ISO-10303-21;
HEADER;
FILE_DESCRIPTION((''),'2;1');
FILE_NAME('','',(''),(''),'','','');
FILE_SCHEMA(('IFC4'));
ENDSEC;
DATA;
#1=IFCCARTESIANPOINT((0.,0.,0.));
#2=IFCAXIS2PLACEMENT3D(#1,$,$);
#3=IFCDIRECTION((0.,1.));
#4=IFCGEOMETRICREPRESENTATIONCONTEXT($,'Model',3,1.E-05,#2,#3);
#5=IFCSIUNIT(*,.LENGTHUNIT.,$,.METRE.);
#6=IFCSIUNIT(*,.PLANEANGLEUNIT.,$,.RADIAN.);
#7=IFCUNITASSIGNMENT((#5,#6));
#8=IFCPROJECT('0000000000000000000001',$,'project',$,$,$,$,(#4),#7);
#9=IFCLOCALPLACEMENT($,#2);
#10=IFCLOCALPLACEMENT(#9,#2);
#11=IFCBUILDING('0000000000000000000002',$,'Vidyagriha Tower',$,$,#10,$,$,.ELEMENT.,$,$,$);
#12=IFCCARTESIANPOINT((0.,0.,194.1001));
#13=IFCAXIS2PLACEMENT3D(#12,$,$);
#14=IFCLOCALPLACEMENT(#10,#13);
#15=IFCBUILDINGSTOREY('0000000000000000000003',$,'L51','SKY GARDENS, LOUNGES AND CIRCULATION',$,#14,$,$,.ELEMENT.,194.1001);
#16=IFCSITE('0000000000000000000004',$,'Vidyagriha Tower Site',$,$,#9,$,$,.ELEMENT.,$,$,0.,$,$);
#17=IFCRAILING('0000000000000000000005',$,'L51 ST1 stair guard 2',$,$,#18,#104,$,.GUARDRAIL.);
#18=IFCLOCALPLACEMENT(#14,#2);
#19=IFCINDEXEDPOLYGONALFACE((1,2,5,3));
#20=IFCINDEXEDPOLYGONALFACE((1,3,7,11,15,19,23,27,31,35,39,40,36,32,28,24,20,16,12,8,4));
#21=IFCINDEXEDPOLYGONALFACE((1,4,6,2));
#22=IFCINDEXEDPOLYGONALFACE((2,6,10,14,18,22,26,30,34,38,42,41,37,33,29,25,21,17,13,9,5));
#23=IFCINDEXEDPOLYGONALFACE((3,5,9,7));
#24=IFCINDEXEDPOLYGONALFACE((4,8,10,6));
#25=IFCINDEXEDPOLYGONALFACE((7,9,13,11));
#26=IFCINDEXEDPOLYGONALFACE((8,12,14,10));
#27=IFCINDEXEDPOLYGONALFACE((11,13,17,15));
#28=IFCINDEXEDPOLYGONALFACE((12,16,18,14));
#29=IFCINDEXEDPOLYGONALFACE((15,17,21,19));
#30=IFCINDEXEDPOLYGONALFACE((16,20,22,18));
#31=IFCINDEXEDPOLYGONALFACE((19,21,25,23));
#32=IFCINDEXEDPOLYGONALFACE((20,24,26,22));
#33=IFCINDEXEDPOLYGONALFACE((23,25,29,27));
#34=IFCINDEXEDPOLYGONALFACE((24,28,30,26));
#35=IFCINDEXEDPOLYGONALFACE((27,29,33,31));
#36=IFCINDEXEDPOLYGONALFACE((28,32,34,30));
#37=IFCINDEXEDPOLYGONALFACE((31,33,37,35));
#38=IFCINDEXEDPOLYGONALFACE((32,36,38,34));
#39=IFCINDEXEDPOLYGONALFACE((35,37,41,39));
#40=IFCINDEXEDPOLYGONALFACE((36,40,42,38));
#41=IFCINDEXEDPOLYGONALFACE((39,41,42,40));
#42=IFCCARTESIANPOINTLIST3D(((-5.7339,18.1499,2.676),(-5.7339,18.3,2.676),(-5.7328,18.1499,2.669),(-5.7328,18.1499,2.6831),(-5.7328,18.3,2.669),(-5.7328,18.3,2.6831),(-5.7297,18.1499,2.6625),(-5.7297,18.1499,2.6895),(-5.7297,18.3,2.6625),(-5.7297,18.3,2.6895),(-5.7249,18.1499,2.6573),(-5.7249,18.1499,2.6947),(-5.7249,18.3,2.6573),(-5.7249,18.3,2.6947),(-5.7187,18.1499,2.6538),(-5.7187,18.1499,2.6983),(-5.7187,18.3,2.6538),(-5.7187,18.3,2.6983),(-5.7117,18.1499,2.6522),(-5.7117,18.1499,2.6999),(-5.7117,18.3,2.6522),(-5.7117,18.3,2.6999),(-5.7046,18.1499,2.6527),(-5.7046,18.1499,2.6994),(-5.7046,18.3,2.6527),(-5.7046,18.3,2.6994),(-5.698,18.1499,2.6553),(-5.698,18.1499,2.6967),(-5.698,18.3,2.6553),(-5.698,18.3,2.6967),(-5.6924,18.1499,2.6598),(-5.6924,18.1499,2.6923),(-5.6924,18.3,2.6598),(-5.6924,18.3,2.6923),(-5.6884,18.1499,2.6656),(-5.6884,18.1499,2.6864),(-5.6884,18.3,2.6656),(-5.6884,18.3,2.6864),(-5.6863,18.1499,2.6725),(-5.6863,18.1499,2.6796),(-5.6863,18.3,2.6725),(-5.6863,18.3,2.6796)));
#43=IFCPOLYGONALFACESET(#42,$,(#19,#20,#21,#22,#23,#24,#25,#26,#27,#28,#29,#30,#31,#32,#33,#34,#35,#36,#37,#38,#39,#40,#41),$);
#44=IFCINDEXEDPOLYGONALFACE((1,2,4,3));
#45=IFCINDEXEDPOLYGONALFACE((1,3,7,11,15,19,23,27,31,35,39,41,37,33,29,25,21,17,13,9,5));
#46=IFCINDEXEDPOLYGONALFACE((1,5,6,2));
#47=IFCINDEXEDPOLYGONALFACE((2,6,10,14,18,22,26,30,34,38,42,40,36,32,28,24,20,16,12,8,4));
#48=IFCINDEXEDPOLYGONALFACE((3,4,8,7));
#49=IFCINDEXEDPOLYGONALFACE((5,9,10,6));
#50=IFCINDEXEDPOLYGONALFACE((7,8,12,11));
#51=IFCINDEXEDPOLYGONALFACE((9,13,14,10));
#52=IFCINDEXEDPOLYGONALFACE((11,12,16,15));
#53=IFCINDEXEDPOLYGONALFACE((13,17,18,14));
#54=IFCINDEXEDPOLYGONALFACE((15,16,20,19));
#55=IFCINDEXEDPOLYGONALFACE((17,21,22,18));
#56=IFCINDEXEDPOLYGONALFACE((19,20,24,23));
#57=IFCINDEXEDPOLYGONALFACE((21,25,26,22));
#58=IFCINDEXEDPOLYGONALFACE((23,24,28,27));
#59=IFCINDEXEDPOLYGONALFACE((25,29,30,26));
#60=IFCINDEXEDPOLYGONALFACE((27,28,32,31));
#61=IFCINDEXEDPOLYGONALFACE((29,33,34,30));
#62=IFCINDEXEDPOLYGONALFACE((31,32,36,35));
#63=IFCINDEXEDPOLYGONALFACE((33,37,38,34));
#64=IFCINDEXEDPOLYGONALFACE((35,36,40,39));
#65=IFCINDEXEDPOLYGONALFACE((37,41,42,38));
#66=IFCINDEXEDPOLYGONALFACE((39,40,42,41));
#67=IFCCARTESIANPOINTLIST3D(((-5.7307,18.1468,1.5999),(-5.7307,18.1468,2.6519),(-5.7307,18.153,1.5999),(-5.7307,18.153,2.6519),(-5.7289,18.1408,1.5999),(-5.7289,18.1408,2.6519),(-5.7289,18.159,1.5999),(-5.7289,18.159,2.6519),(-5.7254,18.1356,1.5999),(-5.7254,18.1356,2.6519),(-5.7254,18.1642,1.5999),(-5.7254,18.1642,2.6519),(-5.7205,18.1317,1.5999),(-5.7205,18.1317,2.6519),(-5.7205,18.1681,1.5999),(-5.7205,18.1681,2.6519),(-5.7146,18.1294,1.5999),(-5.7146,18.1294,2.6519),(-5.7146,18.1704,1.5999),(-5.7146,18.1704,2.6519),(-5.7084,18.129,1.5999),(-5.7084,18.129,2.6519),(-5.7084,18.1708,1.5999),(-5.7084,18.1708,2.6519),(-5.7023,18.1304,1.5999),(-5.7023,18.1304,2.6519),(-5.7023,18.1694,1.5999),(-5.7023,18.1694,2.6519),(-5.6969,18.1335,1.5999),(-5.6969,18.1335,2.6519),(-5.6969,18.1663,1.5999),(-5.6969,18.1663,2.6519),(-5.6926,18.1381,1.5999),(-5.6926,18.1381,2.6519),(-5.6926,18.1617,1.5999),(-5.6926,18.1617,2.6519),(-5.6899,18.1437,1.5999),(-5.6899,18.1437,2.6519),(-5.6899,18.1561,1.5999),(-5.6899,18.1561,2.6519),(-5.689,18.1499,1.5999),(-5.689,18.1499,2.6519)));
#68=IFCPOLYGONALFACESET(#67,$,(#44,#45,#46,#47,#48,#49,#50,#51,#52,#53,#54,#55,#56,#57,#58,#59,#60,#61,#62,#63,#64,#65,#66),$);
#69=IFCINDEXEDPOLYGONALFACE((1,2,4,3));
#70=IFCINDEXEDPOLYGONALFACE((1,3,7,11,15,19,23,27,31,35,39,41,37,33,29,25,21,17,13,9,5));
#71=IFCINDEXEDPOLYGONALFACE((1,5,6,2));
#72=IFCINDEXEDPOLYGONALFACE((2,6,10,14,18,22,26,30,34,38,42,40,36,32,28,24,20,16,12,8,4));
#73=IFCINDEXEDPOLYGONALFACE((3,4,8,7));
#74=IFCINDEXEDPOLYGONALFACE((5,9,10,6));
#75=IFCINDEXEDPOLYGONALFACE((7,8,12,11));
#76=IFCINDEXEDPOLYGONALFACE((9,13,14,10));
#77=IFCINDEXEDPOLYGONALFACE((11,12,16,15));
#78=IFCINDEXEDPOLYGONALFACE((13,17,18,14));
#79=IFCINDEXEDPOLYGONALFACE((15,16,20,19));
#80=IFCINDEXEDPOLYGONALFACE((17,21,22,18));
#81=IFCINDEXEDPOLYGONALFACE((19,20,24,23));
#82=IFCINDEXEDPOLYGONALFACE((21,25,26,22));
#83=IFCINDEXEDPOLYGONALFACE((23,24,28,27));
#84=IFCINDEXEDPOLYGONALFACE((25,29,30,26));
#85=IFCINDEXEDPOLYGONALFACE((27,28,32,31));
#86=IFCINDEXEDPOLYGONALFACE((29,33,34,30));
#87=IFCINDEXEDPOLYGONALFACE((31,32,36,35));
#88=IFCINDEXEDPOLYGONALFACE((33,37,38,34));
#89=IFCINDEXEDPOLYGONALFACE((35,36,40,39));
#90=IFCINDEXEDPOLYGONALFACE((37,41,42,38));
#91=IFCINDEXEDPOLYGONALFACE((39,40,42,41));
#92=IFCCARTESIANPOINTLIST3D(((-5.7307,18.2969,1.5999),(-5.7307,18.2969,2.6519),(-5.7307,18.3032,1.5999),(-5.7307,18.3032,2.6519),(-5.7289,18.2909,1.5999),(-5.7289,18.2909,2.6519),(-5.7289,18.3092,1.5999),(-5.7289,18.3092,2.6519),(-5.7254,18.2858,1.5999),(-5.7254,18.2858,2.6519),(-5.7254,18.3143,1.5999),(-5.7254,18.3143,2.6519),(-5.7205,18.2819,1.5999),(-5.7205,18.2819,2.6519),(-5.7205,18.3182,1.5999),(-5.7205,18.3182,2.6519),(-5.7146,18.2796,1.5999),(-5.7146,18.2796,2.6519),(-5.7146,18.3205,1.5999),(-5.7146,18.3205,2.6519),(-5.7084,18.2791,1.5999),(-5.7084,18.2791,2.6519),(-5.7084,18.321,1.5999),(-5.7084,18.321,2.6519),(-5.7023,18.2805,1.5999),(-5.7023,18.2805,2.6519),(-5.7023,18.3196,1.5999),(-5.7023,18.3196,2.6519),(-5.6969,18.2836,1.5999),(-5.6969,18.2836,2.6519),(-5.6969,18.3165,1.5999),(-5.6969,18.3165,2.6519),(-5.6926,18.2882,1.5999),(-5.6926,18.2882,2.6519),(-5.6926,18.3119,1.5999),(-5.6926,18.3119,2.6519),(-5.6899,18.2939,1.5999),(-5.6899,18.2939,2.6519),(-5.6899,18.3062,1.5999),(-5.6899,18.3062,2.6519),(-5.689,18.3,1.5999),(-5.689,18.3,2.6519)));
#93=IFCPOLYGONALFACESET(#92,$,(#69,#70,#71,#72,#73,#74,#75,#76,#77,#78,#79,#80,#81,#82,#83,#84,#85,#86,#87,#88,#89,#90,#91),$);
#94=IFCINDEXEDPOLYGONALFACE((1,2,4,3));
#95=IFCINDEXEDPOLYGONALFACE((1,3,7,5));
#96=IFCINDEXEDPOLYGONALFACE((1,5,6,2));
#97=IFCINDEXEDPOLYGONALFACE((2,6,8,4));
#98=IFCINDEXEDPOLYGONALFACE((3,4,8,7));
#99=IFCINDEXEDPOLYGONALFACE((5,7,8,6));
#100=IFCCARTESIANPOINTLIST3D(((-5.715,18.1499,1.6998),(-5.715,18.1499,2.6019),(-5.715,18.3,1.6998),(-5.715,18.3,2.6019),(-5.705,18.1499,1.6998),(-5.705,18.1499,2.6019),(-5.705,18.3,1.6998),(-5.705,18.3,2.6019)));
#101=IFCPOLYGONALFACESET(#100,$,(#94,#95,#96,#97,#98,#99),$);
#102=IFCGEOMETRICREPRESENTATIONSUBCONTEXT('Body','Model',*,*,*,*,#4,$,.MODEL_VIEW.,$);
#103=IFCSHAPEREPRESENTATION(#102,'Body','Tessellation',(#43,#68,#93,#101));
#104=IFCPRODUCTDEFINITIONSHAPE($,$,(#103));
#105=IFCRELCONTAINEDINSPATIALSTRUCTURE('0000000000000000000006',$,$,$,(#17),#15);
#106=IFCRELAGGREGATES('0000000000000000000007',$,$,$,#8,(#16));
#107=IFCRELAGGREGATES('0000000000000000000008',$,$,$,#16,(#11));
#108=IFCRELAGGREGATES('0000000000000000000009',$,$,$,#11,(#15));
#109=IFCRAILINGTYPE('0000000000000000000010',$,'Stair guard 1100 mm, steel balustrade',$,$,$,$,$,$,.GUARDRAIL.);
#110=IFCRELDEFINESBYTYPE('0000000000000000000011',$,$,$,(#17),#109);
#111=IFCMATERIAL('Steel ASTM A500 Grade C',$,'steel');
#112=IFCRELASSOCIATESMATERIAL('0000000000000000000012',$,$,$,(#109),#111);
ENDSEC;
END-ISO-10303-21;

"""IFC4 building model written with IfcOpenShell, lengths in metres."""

from ifc_helpers import new_model, si_unit, direction, frame, origin, origin_2d, place, context, subcontext, project, spatial, rectangle, circle, extrude, material, type_object, element, save


model = new_model("IFC4")

# Units and contexts
model_context = context("Model", 3, precision=1e-05, world=origin(), true_north=direction((0.0, 1.0)))
body_context = subcontext(model_context, "Body", "Model", "MODEL_VIEW")
ifc_project = project(units=[si_unit("LENGTHUNIT", "METRE"), si_unit("PLANEANGLEUNIT", "RADIAN")], contexts=[model_context])

# Site, building, storey
site_placement = place(None, origin())
site = spatial("IfcSite", under=ifc_project, at=site_placement, Name="Vidyagriha Tower Site", CompositionType="ELEMENT", RefElevation=0.0)
building_placement = place(site_placement, origin())
building = spatial("IfcBuilding", under=site, at=building_placement, Name="Vidyagriha Tower", CompositionType="ELEMENT")
storey_placement = place(building_placement, frame((0.0, 0.0, 194.1001)))
storey = spatial("IfcBuildingStorey", under=building, at=storey_placement, Name="L51", Description="SKY GARDENS, LOUNGES AND CIRCULATION", CompositionType="ELEMENT", Elevation=194.1001)

# Railing
ifc_material_1 = material(Name="Steel ASTM A500 Grade C", Category="steel")
railing_type_1 = type_object("IfcRailingType", Name="Stair guard 1100 mm, steel balustrade", PredefinedType="GUARDRAIL", material=ifc_material_1)
railing_1_placement = place(storey_placement, frame((-5.71, 18.1499, 1.5999)))
element("IfcRailing", 1, at=railing_1_placement, inside=storey, type_object=railing_type_1, Name="L51 ST1 stair guard 2", PredefinedType="GUARDRAIL", context=body_context, shape_type="SweptSolid", body=[
    extrude(circle(Radius=0.0239, at=origin_2d()), frame((0.0, 0.0, 1.0762), z_axis=(0.0, 1.0, 0.0), x_axis=(-1.0, 0.0, 0.0)), (0.0, 0.0, 1.0), 0.1501),
    extrude(circle(Radius=0.021, at=origin_2d()), origin(), (0.0, 0.0, 1.0), 1.052),
    extrude(circle(Radius=0.021, at=origin_2d()), frame((0.0, 0.1501, 0.0)), (0.0, 0.0, 1.0), 1.052),
    extrude(rectangle(XDim=0.01, YDim=0.9021, at=origin_2d()), frame((0.0, 0.0, 0.551), z_axis=(0.0, 1.0, 0.0), x_axis=(-1.0, 0.0, 0.0)), (0.0, 0.0, 1.0), 0.1501),
])

save(model, "model.ifc")
